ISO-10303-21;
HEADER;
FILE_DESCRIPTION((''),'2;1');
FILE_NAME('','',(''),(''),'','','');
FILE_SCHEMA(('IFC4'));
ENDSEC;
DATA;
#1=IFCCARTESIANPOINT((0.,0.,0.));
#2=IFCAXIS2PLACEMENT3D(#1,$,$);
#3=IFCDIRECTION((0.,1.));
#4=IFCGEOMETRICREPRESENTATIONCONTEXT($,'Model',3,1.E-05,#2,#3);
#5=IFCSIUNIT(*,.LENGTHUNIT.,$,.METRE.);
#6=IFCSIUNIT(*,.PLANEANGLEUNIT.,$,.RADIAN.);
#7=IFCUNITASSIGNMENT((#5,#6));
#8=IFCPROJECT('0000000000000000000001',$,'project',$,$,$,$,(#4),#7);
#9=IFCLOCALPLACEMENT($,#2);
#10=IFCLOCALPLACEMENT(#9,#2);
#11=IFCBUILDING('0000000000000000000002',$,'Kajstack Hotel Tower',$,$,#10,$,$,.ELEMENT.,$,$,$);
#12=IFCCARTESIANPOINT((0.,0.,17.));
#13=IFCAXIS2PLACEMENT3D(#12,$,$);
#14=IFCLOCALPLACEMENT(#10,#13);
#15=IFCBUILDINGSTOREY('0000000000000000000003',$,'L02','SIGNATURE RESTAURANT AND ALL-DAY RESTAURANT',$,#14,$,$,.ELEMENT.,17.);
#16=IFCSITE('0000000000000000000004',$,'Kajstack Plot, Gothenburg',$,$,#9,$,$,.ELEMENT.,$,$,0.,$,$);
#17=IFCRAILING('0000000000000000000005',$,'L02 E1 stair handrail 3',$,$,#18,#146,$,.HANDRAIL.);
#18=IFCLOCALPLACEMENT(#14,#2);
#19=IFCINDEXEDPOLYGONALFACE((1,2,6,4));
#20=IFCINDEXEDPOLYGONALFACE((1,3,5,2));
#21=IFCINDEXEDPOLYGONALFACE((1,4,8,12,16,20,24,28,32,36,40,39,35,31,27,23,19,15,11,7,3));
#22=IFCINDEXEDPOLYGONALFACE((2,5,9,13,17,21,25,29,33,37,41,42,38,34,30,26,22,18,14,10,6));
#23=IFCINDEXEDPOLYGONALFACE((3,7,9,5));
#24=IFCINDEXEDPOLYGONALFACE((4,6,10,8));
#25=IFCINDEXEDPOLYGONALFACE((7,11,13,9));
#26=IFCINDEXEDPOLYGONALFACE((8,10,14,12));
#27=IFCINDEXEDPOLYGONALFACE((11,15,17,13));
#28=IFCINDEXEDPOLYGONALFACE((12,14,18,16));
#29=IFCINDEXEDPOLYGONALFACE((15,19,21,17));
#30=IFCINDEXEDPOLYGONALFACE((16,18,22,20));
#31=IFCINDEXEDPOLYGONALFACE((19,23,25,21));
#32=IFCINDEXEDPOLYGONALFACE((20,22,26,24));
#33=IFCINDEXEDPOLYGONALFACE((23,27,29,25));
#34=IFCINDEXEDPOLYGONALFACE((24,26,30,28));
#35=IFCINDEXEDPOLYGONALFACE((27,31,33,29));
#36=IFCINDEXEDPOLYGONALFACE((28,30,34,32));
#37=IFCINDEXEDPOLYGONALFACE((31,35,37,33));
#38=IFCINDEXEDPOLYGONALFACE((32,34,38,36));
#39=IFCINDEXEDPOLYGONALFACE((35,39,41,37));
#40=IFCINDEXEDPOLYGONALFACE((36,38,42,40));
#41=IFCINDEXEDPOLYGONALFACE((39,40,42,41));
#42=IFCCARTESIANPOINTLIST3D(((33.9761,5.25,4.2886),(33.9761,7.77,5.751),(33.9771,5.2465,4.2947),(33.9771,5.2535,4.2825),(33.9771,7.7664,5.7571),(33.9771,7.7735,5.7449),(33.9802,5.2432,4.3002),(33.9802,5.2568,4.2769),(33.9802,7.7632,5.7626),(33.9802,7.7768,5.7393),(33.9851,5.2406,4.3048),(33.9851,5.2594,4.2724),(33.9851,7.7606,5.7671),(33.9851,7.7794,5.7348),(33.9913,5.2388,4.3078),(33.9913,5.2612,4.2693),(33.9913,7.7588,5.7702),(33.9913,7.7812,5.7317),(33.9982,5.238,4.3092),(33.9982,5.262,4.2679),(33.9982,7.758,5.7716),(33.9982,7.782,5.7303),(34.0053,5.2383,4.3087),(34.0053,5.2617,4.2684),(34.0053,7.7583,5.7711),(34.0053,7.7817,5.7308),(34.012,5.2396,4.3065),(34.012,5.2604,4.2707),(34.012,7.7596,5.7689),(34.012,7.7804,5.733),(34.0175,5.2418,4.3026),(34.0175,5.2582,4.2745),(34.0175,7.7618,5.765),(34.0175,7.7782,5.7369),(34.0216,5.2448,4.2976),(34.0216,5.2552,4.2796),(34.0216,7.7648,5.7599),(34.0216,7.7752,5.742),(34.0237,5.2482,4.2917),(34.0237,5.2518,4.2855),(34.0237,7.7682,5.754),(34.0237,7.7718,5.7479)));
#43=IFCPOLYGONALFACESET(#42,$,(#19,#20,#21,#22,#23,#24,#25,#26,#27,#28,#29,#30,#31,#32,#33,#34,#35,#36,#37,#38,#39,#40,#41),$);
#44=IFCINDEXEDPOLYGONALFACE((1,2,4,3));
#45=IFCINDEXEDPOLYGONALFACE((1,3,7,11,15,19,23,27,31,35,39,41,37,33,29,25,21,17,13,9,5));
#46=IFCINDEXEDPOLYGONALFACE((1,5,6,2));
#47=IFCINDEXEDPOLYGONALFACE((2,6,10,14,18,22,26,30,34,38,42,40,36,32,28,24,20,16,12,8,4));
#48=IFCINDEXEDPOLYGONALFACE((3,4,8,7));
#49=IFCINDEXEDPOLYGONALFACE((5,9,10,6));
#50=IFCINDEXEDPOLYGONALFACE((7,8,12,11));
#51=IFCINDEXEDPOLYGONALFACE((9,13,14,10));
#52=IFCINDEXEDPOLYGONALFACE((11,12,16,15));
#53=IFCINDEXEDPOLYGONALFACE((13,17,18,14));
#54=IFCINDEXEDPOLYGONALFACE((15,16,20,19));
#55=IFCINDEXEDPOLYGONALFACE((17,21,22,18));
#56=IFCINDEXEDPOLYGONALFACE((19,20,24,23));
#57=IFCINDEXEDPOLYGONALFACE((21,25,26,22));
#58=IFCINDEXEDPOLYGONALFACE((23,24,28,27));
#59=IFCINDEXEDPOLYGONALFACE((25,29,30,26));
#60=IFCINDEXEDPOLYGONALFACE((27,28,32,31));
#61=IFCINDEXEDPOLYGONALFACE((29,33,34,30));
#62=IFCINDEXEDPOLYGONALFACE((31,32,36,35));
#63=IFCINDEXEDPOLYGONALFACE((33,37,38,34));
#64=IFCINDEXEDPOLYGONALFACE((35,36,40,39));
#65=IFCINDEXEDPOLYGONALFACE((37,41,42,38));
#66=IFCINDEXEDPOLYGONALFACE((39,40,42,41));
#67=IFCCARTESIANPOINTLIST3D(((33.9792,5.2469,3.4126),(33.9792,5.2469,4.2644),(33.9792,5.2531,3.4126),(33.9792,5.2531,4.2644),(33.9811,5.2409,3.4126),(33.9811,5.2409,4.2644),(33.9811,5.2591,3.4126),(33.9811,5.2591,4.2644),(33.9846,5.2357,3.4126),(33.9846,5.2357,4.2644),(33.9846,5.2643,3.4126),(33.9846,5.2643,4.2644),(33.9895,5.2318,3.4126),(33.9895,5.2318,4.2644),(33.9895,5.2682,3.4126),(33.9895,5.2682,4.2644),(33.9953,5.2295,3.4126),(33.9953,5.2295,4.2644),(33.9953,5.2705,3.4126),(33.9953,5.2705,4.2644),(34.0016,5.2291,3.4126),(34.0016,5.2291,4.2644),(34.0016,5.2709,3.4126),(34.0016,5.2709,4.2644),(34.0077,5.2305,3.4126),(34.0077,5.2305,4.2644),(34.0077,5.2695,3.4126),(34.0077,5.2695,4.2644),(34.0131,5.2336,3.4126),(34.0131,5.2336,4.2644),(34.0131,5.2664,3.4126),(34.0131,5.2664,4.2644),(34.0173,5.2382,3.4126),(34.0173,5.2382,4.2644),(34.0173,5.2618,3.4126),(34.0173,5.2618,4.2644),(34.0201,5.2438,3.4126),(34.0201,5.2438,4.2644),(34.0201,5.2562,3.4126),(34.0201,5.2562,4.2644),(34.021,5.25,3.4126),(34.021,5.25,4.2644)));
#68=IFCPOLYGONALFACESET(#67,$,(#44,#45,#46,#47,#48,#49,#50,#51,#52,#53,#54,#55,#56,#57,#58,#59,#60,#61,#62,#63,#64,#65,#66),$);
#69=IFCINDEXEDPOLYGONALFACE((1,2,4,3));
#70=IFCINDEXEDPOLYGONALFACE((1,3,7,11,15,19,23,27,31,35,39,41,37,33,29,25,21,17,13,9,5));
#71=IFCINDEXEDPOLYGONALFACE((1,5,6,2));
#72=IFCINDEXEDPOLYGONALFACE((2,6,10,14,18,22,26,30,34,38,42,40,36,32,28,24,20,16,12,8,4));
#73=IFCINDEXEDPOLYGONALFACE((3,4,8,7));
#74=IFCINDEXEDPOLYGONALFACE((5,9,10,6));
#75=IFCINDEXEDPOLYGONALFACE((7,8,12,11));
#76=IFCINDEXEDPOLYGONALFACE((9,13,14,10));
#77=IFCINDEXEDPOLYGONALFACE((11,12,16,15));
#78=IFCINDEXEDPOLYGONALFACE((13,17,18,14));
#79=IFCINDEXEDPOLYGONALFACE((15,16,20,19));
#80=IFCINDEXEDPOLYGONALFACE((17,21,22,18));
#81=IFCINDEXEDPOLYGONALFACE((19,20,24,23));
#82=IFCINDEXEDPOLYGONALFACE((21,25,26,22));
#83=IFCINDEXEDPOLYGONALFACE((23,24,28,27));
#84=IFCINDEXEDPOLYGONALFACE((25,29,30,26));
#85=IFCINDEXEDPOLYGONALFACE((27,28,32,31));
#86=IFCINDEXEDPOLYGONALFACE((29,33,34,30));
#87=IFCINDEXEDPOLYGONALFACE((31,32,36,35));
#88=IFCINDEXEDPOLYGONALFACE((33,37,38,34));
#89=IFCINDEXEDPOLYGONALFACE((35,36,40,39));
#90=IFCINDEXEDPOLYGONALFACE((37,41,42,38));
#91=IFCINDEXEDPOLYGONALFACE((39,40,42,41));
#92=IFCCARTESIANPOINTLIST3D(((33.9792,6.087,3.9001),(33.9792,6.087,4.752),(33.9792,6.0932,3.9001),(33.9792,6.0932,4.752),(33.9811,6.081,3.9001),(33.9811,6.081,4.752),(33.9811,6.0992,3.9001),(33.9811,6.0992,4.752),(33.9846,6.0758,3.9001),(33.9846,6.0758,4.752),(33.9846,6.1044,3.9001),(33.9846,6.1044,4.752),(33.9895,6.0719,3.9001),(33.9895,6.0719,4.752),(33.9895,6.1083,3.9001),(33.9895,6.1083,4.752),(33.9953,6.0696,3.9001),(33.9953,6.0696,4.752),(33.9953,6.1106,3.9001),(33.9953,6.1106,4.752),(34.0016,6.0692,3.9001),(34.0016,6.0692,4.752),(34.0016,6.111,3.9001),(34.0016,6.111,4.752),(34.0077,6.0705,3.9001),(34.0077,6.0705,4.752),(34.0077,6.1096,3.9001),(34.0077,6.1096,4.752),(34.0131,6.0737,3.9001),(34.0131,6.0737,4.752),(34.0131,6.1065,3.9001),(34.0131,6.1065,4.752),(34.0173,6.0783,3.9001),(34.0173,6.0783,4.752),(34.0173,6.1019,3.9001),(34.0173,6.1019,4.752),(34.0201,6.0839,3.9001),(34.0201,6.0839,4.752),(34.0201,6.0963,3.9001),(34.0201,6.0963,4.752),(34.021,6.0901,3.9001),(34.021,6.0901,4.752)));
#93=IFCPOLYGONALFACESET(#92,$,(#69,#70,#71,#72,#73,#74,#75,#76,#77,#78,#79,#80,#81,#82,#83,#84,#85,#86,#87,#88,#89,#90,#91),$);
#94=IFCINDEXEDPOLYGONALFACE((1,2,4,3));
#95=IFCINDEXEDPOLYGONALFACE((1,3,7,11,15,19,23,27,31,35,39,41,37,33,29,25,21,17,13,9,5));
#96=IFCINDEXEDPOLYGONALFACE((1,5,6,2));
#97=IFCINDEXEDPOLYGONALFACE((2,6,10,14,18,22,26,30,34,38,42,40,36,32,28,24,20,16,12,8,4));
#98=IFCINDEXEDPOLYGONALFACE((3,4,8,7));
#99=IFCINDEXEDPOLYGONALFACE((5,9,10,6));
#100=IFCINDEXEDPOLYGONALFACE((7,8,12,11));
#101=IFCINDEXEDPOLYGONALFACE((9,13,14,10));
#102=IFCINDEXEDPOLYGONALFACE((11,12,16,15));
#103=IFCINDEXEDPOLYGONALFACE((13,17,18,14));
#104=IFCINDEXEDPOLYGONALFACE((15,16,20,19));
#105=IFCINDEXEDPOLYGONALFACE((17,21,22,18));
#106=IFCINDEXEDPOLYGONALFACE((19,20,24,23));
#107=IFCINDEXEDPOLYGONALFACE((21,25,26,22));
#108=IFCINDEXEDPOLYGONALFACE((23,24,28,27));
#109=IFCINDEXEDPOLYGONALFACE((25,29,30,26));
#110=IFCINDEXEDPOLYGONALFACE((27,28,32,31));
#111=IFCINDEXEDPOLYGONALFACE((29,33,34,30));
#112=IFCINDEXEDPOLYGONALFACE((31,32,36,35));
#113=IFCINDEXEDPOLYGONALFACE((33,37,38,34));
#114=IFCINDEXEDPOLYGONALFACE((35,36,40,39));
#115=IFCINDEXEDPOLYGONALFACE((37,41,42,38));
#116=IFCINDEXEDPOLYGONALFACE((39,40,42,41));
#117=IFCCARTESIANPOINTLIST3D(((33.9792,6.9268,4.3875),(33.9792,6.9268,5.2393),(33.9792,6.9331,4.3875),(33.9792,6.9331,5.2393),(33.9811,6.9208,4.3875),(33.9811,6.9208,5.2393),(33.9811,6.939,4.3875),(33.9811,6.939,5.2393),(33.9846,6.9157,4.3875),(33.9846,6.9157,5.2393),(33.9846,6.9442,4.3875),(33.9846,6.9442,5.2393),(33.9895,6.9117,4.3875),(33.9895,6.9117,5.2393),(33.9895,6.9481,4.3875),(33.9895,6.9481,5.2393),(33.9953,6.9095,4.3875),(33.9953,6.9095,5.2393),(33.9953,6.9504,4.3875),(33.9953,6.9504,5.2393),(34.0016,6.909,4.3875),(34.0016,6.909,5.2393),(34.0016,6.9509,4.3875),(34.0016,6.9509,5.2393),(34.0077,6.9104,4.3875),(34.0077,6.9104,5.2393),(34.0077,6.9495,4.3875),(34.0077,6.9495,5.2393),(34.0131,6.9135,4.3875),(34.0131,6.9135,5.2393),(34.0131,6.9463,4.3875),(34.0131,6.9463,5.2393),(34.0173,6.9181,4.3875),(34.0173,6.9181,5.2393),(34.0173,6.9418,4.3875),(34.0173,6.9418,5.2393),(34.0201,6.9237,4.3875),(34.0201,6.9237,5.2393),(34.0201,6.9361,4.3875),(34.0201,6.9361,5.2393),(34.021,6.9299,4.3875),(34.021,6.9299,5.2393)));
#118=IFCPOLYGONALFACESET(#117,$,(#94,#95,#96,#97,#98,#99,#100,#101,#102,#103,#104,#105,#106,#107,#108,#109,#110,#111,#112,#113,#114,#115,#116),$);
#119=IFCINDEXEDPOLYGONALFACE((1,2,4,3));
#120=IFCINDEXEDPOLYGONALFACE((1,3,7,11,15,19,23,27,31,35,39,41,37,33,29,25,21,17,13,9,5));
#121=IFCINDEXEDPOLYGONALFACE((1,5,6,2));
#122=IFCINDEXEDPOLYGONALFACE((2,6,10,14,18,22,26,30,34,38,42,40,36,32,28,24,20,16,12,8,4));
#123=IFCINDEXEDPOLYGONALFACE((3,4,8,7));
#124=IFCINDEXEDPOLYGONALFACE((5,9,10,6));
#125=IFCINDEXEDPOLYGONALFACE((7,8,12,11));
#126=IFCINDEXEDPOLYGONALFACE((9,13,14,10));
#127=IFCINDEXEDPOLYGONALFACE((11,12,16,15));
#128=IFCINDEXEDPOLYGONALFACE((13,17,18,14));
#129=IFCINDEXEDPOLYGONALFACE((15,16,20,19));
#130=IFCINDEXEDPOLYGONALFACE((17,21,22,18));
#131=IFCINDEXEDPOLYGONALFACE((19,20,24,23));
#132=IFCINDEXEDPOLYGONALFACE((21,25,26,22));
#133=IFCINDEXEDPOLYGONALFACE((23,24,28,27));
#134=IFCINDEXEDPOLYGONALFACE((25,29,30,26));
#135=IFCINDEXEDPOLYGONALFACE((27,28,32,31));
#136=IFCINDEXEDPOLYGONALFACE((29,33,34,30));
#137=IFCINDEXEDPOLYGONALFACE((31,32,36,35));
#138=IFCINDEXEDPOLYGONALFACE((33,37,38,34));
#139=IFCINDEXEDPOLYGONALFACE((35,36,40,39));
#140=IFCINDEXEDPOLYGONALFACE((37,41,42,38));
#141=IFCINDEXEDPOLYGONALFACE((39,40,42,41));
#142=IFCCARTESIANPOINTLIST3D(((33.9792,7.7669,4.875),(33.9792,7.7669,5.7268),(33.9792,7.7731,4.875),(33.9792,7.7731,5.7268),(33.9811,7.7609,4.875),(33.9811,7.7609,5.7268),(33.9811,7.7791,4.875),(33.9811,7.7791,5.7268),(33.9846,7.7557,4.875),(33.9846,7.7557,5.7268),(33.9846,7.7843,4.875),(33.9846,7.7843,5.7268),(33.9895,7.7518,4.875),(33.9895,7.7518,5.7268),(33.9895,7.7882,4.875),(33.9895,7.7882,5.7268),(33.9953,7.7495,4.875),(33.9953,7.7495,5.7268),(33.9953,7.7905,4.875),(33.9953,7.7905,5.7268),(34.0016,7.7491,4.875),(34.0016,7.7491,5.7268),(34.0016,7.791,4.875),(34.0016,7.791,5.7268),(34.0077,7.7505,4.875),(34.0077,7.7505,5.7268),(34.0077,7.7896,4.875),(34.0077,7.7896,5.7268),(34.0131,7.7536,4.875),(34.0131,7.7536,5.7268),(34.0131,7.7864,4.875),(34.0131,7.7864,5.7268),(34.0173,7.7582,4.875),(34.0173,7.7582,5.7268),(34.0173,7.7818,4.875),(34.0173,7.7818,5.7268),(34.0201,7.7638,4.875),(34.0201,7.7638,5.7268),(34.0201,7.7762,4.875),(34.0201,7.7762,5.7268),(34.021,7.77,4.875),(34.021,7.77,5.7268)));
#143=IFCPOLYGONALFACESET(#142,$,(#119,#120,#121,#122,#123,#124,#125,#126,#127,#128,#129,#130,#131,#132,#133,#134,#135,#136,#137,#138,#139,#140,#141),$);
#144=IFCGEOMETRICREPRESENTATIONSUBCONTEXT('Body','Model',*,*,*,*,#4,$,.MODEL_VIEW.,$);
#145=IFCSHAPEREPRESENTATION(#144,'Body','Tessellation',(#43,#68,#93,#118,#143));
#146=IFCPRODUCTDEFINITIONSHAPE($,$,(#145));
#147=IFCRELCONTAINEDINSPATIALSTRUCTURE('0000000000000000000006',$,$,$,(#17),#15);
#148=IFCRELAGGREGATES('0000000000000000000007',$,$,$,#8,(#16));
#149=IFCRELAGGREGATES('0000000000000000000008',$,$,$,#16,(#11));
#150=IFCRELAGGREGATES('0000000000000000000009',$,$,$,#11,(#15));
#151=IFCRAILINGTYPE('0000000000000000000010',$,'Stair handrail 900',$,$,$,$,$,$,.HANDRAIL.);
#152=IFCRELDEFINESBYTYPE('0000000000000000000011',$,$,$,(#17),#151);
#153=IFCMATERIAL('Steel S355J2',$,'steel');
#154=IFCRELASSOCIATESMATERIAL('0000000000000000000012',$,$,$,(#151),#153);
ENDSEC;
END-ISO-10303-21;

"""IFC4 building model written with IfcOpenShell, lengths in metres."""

from ifc_helpers import new_model, si_unit, direction, frame, origin, origin_2d, place, context, subcontext, project, spatial, circle, extrude, material, type_object, element, save


model = new_model("IFC4")

# Units and contexts
model_context = context("Model", 3, precision=1e-05, world=origin(), true_north=direction((0.0, 1.0)))
body_context = subcontext(model_context, "Body", "Model", "MODEL_VIEW")
ifc_project = project(units=[si_unit("LENGTHUNIT", "METRE"), si_unit("PLANEANGLEUNIT", "RADIAN")], contexts=[model_context])

# Site, building, storey
site_placement = place(None, origin())
site = spatial("IfcSite", under=ifc_project, at=site_placement, Name="Kajstack Plot, Gothenburg", CompositionType="ELEMENT", RefElevation=0.0)
building_placement = place(site_placement, origin())
building = spatial("IfcBuilding", under=site, at=building_placement, Name="Kajstack Hotel Tower", CompositionType="ELEMENT")
storey_placement = place(building_placement, frame((0.0, 0.0, 17.0)))
storey = spatial("IfcBuildingStorey", under=building, at=storey_placement, Name="L02", Description="SIGNATURE RESTAURANT AND ALL-DAY RESTAURANT", CompositionType="ELEMENT", Elevation=17.0)

# Railing
ifc_material_1 = material(Name="Steel S355J2", Category="steel")
railing_type_1 = type_object("IfcRailingType", Name="Stair handrail 900", PredefinedType="HANDRAIL", material=ifc_material_1)
railing_1_placement = place(storey_placement, frame((34.0, 5.25, 3.4126)))
element("IfcRailing", 1, at=railing_1_placement, inside=storey, type_object=railing_type_1, Name="L02 E1 stair handrail 3", PredefinedType="HANDRAIL", context=body_context, shape_type="SweptSolid", body=[
    extrude(circle(Radius=0.0239, at=origin_2d()), frame((0.0, 0.0, 0.876), z_axis=(0.0, 0.864913, 0.501921), x_axis=(-1.0, 0.0, 0.0)), (0.0, 0.0, 1.0), 2.9136),
    extrude(circle(Radius=0.021, at=origin_2d()), origin(), (0.0, 0.0, 1.0), 0.8518),
    extrude(circle(Radius=0.021, at=origin_2d()), frame((0.0, 0.8401, 0.4875)), (0.0, 0.0, 1.0), 0.8518),
    extrude(circle(Radius=0.021, at=origin_2d()), frame((0.0, 1.6799, 0.9749)), (0.0, 0.0, 1.0), 0.8518),
    extrude(circle(Radius=0.021, at=origin_2d()), frame((0.0, 2.52, 1.4624)), (0.0, 0.0, 1.0), 0.8518),
])

save(model, "model.ifc")
